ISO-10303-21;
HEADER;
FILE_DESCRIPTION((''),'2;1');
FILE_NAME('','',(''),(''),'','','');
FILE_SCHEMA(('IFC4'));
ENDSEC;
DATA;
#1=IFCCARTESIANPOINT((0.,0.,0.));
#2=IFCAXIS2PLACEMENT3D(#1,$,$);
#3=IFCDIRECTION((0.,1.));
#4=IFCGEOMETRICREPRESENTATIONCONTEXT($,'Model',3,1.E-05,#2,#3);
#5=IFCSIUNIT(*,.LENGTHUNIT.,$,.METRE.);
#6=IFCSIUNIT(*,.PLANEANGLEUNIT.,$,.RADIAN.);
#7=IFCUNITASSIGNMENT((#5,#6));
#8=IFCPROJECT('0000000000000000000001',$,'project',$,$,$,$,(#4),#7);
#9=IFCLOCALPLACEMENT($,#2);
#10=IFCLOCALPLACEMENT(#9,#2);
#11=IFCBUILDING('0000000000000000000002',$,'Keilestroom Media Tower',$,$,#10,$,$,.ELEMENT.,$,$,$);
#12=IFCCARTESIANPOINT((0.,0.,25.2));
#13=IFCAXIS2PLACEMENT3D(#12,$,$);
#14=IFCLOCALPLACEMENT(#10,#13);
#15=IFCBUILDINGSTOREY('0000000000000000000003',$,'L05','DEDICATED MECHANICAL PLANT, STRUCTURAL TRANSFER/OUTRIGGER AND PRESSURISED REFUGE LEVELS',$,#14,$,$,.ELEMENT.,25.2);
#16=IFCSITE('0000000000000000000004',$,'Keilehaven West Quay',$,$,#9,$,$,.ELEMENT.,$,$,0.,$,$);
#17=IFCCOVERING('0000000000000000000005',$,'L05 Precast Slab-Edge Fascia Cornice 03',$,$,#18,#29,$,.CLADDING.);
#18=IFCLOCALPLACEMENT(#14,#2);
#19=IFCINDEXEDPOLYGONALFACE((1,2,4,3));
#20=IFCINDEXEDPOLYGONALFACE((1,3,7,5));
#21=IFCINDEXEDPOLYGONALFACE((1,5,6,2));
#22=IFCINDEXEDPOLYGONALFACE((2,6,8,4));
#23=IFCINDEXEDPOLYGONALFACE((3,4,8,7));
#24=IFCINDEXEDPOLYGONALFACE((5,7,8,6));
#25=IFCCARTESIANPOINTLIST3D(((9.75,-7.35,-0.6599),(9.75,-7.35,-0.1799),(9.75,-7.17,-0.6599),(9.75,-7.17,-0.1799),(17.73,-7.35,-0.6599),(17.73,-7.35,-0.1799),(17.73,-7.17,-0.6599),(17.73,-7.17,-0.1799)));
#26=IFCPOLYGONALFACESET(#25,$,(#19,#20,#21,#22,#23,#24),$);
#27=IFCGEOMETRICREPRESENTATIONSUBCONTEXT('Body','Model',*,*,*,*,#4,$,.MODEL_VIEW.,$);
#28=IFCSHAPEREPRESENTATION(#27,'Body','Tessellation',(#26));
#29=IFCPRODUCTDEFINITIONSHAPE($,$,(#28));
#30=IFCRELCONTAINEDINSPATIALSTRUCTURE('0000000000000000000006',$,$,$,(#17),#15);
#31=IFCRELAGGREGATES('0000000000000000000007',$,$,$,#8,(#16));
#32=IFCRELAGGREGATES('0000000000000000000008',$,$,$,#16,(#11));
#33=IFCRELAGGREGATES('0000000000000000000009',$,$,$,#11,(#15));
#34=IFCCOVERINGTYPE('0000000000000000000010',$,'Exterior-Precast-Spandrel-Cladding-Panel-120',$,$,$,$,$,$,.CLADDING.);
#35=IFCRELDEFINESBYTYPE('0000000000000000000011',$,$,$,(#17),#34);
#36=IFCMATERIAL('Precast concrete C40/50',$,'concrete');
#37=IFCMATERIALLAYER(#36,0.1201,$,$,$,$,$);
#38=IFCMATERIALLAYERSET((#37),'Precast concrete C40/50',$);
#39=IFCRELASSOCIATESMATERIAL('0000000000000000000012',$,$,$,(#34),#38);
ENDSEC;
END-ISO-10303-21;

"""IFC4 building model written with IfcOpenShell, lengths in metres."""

from ifc_helpers import new_model, si_unit, direction, frame, origin, origin_2d, place, context, subcontext, project, spatial, rectangle, extrude, source, transform, mapped, material, layer, layer_set, type_object, element, save


model = new_model("IFC4")

# Units and contexts
model_context = context("Model", 3, precision=1e-05, world=origin(), true_north=direction((0.0, 1.0)))
body_context = subcontext(model_context, "Body", "Model", "MODEL_VIEW")
ifc_project = project(units=[si_unit("LENGTHUNIT", "METRE"), si_unit("PLANEANGLEUNIT", "RADIAN")], contexts=[model_context])

# Site, building, storey
site_placement = place(None, origin())
site = spatial("IfcSite", under=ifc_project, at=site_placement, Name="Keilehaven West Quay", CompositionType="ELEMENT", RefElevation=0.0)
building_placement = place(site_placement, origin())
building = spatial("IfcBuilding", under=site, at=building_placement, Name="Keilestroom Media Tower", CompositionType="ELEMENT")
storey_placement = place(building_placement, frame((0.0, 0.0, 25.2)))
storey = spatial("IfcBuildingStorey", under=building, at=storey_placement, Name="L05", Description="DEDICATED MECHANICAL PLANT, STRUCTURAL TRANSFER/OUTRIGGER AND PRESSURISED REFUGE LEVELS", CompositionType="ELEMENT", Elevation=25.2)

# Shared definitions
ifc_material_1 = material(Name="Precast concrete C40/50", Category="concrete")

# Covering
ifc_layer_1 = layer(ifc_material_1, 0.1201)
ifc_layer_set_1 = layer_set([ifc_layer_1], Name="Precast concrete C40/50")
covering_type = type_object("IfcCoveringType", Name="Exterior-Precast-Spandrel-Cladding-Panel-120", PredefinedType="CLADDING", material=ifc_layer_set_1)
shared_shape_1 = source(origin(), body_context, "Body", "SweptSolid", [
    extrude(rectangle(XDim=7.98, YDim=0.1799, at=origin_2d()), origin(), (0.0, 0.0, 1.0), 0.48),
])
covering_placement = place(storey_placement, frame((13.74, -7.26, -0.6599), z_axis=(0.0, 0.0, 1.0), x_axis=(-1.0, 0.0, 0.0)))
element("IfcCovering", 1, at=covering_placement, inside=storey, type_object=covering_type, Name="L05 Precast Slab-Edge Fascia Cornice 03", PredefinedType="CLADDING", context=body_context, shape_type="MappedRepresentation", body=[
    mapped(shared_shape_1, transform((0.0, 0.0, 0.0), x_axis=(1.0, 0.0, 0.0), y_axis=(0.0, 1.0, 0.0), z_axis=(0.0, 0.0, 1.0), scale=1.0)),
])

save(model, "model.ifc")
